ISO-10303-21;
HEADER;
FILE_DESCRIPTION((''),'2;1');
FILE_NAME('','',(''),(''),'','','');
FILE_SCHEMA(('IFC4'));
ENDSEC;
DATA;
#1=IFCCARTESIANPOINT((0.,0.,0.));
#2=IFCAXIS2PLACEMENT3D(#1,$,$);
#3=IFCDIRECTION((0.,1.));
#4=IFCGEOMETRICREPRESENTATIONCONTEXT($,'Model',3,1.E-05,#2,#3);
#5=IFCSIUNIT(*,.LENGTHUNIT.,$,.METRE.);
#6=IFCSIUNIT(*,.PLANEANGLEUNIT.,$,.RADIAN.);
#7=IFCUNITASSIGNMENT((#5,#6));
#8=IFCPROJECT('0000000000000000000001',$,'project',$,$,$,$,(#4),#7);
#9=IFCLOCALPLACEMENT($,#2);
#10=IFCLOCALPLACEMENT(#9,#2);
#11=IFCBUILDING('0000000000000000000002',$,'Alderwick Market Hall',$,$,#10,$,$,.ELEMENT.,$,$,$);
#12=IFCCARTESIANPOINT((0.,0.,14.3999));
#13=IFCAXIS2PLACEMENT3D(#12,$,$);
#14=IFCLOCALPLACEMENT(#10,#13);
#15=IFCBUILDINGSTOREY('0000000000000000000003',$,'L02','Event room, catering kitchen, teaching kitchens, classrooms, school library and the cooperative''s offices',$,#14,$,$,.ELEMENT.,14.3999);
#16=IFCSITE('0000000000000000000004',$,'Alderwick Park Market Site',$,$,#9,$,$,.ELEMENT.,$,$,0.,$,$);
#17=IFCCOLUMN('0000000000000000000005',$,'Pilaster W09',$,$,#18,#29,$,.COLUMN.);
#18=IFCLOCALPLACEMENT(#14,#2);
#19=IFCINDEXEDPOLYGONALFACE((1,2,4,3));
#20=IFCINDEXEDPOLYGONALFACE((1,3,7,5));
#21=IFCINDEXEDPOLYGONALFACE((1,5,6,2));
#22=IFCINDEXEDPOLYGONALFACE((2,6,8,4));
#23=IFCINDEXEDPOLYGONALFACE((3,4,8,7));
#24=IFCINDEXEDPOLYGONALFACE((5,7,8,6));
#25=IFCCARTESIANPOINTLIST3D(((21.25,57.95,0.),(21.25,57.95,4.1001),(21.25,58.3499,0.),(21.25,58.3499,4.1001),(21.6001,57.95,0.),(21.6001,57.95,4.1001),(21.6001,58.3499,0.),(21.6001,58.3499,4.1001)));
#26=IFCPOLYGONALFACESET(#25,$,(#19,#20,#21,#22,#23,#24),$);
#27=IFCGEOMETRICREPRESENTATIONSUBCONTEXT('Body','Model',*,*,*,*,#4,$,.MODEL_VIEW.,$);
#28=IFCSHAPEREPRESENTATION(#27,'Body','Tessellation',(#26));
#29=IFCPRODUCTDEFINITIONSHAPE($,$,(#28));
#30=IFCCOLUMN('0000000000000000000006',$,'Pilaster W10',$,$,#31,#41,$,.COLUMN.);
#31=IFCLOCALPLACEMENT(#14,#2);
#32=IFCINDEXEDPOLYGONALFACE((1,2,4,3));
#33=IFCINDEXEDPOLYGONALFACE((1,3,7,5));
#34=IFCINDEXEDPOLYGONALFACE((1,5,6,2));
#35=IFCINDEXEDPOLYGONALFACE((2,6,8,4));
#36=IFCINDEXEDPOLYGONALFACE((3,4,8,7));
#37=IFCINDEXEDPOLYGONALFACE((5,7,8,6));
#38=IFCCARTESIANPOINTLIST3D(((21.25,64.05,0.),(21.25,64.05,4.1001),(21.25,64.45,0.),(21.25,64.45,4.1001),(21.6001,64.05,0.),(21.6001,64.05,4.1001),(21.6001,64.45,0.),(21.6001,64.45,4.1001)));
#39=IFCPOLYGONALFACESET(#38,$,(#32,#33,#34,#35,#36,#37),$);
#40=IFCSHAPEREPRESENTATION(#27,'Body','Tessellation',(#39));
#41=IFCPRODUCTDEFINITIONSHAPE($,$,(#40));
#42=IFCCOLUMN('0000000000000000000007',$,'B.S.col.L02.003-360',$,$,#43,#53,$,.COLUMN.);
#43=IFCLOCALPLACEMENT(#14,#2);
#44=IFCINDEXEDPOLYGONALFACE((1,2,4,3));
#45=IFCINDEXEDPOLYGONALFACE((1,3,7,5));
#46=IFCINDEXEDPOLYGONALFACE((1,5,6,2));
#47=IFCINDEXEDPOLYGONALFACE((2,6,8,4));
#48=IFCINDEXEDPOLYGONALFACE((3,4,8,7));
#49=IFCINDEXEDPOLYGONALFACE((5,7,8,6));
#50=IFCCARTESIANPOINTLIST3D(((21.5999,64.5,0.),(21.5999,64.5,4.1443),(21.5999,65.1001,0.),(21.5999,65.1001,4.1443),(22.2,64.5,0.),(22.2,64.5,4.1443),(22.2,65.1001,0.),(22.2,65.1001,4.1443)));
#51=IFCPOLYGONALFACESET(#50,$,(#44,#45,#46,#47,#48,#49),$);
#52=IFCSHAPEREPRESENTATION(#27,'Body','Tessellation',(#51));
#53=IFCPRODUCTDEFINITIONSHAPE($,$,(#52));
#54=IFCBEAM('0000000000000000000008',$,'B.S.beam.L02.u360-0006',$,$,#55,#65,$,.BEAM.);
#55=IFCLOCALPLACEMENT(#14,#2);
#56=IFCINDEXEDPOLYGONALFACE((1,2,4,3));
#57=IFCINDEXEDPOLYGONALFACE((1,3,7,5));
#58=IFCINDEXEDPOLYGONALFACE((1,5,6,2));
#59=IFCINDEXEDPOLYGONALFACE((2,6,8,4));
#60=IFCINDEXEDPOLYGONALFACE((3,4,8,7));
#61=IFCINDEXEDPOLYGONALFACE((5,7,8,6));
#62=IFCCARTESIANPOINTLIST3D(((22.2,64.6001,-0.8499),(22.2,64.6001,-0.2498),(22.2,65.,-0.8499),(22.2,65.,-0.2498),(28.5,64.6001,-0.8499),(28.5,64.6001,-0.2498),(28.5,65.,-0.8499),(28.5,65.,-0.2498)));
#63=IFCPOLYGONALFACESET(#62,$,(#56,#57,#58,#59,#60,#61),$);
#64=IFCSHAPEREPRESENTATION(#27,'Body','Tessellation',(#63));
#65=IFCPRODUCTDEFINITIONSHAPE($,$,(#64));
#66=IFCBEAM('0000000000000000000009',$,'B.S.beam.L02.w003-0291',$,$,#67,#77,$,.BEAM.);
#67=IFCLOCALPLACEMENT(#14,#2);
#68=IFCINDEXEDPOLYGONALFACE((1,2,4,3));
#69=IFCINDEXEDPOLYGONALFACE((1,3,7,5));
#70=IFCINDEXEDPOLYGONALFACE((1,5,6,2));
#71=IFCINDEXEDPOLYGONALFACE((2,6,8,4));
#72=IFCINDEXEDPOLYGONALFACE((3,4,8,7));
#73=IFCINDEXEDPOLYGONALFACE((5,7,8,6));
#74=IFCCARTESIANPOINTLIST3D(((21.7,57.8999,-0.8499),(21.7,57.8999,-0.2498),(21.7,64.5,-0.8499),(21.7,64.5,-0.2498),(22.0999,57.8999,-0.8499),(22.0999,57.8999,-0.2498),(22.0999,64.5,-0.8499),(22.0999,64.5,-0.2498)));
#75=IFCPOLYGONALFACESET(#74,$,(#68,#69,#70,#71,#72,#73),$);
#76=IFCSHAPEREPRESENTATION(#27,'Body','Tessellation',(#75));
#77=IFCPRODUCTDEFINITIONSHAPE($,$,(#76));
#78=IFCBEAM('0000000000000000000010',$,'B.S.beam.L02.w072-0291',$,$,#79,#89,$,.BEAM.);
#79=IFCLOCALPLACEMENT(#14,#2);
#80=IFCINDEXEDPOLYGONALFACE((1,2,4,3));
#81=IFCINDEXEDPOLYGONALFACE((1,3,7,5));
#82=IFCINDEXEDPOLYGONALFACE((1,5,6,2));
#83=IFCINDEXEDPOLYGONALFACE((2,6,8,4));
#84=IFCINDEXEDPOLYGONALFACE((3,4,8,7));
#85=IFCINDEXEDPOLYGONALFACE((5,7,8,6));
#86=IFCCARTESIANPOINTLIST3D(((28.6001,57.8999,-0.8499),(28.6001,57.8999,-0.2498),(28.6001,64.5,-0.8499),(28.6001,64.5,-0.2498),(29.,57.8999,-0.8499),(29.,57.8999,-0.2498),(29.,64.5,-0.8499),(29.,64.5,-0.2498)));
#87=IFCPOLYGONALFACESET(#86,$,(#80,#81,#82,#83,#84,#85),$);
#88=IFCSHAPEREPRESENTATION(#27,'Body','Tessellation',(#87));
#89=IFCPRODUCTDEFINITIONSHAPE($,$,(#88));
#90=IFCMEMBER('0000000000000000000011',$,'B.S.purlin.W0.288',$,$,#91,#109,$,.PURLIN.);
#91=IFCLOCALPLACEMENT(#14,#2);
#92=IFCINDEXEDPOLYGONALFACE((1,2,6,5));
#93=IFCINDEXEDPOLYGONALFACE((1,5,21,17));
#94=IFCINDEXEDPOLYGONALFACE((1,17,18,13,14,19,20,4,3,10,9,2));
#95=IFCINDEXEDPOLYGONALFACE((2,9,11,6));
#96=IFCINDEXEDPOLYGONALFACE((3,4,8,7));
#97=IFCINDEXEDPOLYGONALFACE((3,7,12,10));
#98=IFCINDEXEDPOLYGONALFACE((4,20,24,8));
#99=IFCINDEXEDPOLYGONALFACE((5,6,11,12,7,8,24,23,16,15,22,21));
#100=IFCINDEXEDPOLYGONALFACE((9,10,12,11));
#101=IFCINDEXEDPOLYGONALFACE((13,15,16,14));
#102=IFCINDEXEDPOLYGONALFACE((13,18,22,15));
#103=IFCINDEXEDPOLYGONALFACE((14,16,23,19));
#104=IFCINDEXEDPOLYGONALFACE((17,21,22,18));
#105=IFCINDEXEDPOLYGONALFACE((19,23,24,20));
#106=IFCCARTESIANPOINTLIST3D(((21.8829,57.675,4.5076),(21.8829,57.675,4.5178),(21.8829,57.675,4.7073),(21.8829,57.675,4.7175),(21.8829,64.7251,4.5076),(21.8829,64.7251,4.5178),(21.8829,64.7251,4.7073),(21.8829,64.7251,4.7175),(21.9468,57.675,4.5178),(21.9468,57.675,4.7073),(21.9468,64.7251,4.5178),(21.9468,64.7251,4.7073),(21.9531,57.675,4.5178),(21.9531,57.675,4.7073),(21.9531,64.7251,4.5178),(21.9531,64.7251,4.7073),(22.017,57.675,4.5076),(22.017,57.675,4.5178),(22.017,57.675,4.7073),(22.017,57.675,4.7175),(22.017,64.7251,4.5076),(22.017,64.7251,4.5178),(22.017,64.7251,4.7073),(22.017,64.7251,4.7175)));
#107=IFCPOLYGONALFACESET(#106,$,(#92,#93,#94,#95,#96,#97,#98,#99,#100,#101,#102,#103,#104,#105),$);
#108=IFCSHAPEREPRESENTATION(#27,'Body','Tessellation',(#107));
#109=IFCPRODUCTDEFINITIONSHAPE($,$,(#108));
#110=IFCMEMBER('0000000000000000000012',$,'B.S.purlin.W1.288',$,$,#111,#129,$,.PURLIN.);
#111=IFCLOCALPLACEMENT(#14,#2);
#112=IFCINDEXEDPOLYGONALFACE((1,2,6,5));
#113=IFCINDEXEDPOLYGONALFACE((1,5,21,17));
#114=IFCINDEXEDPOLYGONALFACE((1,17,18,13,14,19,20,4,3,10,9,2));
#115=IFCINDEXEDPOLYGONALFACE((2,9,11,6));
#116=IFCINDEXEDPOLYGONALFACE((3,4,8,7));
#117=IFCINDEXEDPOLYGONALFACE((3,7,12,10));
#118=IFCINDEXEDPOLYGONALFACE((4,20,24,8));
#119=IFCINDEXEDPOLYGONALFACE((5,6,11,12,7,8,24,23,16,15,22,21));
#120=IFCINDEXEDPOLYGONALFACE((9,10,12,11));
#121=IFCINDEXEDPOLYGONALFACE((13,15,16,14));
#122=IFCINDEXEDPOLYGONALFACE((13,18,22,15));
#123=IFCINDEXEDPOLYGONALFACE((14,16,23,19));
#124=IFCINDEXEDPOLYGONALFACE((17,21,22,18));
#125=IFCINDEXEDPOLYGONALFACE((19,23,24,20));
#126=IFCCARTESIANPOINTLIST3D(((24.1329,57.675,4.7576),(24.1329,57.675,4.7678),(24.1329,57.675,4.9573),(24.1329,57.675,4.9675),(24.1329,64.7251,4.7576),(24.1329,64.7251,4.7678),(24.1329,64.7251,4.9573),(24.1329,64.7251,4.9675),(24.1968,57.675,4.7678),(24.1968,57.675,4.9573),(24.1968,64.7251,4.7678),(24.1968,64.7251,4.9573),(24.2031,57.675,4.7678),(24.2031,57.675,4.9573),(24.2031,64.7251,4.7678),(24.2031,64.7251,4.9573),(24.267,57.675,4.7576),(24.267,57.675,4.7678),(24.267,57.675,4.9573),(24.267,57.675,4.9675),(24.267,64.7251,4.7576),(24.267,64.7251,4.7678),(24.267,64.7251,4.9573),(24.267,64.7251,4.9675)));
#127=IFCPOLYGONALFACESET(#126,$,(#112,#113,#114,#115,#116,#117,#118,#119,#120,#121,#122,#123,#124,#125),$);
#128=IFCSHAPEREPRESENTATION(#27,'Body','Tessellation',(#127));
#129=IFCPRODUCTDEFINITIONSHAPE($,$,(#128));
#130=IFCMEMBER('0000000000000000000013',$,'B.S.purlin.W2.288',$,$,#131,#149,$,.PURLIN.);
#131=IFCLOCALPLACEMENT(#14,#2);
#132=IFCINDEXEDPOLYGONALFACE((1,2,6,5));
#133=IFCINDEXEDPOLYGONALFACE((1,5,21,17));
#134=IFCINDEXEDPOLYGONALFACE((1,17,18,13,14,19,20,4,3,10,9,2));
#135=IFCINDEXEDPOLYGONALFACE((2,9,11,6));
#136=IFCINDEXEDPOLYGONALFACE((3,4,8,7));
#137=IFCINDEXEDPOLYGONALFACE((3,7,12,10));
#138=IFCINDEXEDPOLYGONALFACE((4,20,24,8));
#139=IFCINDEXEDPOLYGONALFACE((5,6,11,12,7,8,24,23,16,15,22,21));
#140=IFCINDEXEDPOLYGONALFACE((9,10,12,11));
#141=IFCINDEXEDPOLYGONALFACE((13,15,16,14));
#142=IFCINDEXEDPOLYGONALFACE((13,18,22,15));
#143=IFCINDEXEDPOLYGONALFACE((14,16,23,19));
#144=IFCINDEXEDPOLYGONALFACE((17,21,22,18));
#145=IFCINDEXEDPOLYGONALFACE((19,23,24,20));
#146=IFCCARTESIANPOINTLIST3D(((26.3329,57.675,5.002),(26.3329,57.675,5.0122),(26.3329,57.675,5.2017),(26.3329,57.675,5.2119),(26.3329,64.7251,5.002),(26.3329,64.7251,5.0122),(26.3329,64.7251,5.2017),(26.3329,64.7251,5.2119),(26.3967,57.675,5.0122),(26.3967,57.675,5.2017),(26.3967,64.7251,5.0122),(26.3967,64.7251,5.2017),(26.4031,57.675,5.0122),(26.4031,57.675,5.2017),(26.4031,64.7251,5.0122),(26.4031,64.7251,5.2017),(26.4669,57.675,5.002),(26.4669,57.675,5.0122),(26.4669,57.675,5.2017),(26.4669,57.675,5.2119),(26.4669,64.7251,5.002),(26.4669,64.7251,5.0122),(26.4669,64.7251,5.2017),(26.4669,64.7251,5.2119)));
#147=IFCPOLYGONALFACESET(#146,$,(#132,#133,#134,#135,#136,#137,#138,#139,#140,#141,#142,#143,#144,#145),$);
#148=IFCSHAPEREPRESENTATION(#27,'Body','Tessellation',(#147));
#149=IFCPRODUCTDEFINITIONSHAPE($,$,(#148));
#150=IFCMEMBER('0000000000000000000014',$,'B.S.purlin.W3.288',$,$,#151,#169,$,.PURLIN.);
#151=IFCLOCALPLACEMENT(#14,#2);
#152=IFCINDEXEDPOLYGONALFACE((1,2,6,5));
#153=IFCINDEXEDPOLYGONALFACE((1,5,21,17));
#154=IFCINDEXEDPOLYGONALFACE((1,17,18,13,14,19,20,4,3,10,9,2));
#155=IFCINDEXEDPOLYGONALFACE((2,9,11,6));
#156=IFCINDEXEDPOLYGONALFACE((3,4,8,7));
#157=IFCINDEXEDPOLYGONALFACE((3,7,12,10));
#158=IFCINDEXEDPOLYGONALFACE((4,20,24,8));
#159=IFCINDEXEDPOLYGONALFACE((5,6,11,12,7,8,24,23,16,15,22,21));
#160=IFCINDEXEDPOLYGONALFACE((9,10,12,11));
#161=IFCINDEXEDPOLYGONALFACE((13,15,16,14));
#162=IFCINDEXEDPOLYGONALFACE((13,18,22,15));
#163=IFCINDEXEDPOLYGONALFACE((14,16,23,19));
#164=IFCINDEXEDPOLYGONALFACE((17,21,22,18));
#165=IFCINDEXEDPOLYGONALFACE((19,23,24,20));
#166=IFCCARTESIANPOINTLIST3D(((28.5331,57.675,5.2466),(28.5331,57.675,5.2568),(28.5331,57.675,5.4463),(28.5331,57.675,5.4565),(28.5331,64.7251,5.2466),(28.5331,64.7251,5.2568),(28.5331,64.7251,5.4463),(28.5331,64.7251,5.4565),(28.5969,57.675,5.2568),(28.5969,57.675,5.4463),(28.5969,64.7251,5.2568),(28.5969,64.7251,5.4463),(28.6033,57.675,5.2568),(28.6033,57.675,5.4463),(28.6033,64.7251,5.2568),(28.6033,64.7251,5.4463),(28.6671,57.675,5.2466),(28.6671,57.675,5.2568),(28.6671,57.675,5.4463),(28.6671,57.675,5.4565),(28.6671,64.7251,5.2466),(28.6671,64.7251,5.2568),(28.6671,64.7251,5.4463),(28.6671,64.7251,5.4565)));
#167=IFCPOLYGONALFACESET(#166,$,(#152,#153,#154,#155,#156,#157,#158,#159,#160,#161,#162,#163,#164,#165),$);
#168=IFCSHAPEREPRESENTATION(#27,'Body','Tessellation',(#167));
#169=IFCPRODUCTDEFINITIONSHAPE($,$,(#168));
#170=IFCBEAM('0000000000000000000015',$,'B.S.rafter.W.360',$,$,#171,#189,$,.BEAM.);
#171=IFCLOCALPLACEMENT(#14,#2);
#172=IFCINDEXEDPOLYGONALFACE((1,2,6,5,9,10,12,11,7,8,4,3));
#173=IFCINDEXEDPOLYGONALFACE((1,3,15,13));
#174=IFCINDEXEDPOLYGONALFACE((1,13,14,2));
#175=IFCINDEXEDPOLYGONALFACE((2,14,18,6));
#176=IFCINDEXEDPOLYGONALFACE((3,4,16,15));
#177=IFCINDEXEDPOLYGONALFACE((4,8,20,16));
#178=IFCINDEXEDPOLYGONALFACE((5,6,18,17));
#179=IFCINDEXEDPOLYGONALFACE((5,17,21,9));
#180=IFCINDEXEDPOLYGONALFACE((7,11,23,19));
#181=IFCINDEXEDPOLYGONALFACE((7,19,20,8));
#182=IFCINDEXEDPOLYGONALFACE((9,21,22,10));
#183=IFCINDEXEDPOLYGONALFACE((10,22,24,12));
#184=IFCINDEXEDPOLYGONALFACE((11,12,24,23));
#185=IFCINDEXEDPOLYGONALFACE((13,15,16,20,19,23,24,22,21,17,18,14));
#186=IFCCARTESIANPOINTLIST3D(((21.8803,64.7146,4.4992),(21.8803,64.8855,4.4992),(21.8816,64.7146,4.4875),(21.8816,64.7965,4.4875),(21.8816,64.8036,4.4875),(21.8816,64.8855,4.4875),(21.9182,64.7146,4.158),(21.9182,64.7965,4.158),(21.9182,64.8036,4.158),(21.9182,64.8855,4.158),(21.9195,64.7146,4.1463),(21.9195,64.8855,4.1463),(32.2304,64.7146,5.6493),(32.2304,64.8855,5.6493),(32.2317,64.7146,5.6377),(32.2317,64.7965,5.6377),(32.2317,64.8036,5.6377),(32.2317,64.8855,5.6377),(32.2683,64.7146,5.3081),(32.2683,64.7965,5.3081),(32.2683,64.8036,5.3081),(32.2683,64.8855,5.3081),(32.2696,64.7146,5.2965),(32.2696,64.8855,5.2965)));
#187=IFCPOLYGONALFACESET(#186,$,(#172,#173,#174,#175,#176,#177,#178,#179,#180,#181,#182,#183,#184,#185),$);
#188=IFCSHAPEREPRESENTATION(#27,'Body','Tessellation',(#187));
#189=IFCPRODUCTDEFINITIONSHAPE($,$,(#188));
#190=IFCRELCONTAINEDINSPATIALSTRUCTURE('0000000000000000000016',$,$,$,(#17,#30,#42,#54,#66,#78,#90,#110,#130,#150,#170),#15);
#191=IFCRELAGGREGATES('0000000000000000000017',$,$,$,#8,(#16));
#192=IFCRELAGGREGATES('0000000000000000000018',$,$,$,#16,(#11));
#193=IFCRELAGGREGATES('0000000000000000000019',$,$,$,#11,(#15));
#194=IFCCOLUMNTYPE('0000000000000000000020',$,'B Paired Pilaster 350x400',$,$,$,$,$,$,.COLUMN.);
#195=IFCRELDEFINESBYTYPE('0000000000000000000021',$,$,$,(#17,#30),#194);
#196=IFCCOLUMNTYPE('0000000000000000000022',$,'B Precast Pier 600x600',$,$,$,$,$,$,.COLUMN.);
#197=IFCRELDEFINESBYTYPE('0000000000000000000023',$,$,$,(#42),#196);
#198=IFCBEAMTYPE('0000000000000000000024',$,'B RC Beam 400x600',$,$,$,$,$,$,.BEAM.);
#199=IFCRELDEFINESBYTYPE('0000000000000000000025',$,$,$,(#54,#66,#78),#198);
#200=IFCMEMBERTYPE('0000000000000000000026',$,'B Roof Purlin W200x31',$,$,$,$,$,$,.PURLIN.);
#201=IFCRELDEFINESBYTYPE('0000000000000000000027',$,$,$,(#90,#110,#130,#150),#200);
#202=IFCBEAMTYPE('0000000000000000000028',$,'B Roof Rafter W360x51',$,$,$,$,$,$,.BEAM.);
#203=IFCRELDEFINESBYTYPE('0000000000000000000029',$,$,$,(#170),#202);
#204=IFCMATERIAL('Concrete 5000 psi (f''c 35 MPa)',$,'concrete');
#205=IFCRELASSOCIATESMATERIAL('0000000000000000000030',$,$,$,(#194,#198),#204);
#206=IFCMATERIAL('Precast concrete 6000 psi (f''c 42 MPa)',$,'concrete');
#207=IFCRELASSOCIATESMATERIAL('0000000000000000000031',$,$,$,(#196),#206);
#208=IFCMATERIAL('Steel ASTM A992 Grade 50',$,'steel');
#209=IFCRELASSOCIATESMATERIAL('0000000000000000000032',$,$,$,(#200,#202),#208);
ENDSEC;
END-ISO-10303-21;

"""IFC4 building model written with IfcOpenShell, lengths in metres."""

from ifc_helpers import new_model, si_unit, direction, frame, origin, origin_2d, place, context, subcontext, project, spatial, rectangle, i_section, extrude, material, material_profile, profile_set, type_object, element, save


model = new_model("IFC4")

# Units and contexts
model_context = context("Model", 3, precision=1e-05, world=origin(), true_north=direction((0.0, 1.0)))
body_context = subcontext(model_context, "Body", "Model", "MODEL_VIEW")
ifc_project = project(units=[si_unit("LENGTHUNIT", "METRE"), si_unit("PLANEANGLEUNIT", "RADIAN")], contexts=[model_context])

# Site, building, storey
site_placement = place(None, origin())
site = spatial("IfcSite", under=ifc_project, at=site_placement, Name="Alderwick Park Market Site", CompositionType="ELEMENT", RefElevation=0.0)
building_placement = place(site_placement, origin())
building = spatial("IfcBuilding", under=site, at=building_placement, Name="Alderwick Market Hall", CompositionType="ELEMENT")
storey_placement = place(building_placement, frame((0.0, 0.0, 14.3999)))
storey = spatial("IfcBuildingStorey", under=building, at=storey_placement, Name="L02", Description="Event room, catering kitchen, teaching kitchens, classrooms, school library and the cooperative's offices", CompositionType="ELEMENT", Elevation=14.3999)

# Columns
ifc_material_1 = material(Name="Concrete 5000 psi (f'c 35 MPa)", Category="concrete")
ifc_material_profile_1 = material_profile(ifc_material_1, rectangle(XDim=0.3501, YDim=0.3999, at=origin_2d()), Name="B Paired Pilaster 350x400")
ifc_profile_set_1 = profile_set([ifc_material_profile_1], Name="Concrete 5000 psi (f'c 35 MPa)")
column_type_1 = type_object("IfcColumnType", Name="B Paired Pilaster 350x400", PredefinedType="COLUMN", material=ifc_profile_set_1)
for number, where, z_axis, x_axis, name in (
    (1, (21.425, 58.1499, 0.0), (0.0, 0.0, 1.0), (1.0, 0.0, 0.0), "Pilaster W09"),
    (2, (21.425, 64.25, 0.0), (0.0, 0.0, 1.0), (1.0, 0.0, 0.0), "Pilaster W10"),
):
    element("IfcColumn", number, at=place(storey_placement, frame(where, z_axis=z_axis, x_axis=x_axis)), inside=storey, type_object=column_type_1, Name=name, PredefinedType="COLUMN", context=body_context, shape_type="SweptSolid", body=[
        extrude(rectangle(XDim=0.3501, YDim=0.3999, at=origin_2d()), origin(), (0.0, 0.0, 1.0), 4.1001),
    ])
ifc_material_2 = material(Name="Precast concrete 6000 psi (f'c 42 MPa)", Category="concrete")
ifc_material_profile_2 = material_profile(ifc_material_2, rectangle(XDim=0.6001, YDim=0.6001, at=origin_2d()), Name="B Precast Pier 600x600")
ifc_profile_set_2 = profile_set([ifc_material_profile_2], Name="Precast concrete 6000 psi (f'c 42 MPa)")
column_type_2 = type_object("IfcColumnType", Name="B Precast Pier 600x600", PredefinedType="COLUMN", material=ifc_profile_set_2)
column_placement = place(storey_placement, frame((21.8999, 64.8, 0.0), z_axis=(0.0, 0.0, 1.0), x_axis=(1.0, 0.0, 0.0)))
element("IfcColumn", 3, at=column_placement, inside=storey, type_object=column_type_2, Name="B.S.col.L02.003-360", PredefinedType="COLUMN", context=body_context, shape_type="SweptSolid", body=[
    extrude(rectangle(XDim=0.6001, YDim=0.6001, at=origin_2d()), origin(), (0.0, 0.0, 1.0), 4.1443),
])

# Beams
ifc_material_profile_3 = material_profile(ifc_material_1, rectangle(XDim=0.3999, YDim=0.6001, at=origin_2d()), Name="B RC Beam 400x600")
ifc_profile_set_3 = profile_set([ifc_material_profile_3], Name="Concrete 5000 psi (f'c 35 MPa)")
beam_type_1 = type_object("IfcBeamType", Name="B RC Beam 400x600", PredefinedType="BEAM", material=ifc_profile_set_3)
beam_1_placement = place(storey_placement, frame((22.2, 64.8, -0.5498), z_axis=(1.0, 0.0, 0.0), x_axis=(0.0, 1.0, 0.0)))
element("IfcBeam", 4, at=beam_1_placement, inside=storey, type_object=beam_type_1, Name="B.S.beam.L02.u360-0006", PredefinedType="BEAM", context=body_context, shape_type="SweptSolid", body=[
    extrude(rectangle(XDim=0.3999, YDim=0.6001, at=origin_2d()), origin(), (0.0, 0.0, 1.0), 6.3),
])
for number, where, z_axis, x_axis, name in (
    (5, (21.8999, 57.8999, -0.5498), (0.0, 1.0, 0.0), (-1.0, 0.0, 0.0), "B.S.beam.L02.w003-0291"),
    (6, (28.8, 57.8999, -0.5498), (0.0, 1.0, 0.0), (-1.0, 0.0, 0.0), "B.S.beam.L02.w072-0291"),
):
    element("IfcBeam", number, at=place(storey_placement, frame(where, z_axis=z_axis, x_axis=x_axis)), inside=storey, type_object=beam_type_1, Name=name, PredefinedType="BEAM", context=body_context, shape_type="SweptSolid", body=[
        extrude(rectangle(XDim=0.3999, YDim=0.6001, at=origin_2d()), origin(), (0.0, 0.0, 1.0), 6.6001),
    ])

# Members
ifc_material_3 = material(Name="Steel ASTM A992 Grade 50", Category="steel")
ifc_material_profile_4 = material_profile(ifc_material_3, i_section(OverallWidth=0.134, OverallDepth=0.21, WebThickness=0.0063, FlangeThickness=0.0103, at=origin_2d()), Name="W200x31")
ifc_profile_set_4 = profile_set([ifc_material_profile_4], Name="Steel ASTM A992 Grade 50")
member_type = type_object("IfcMemberType", Name="B Roof Purlin W200x31", PredefinedType="PURLIN", material=ifc_profile_set_4)
for number, where, z_axis, x_axis, name in (
    (7, (21.95, 57.675, 4.6125), (0.0, 1.0, 0.0), (-1.0, 0.0, 0.0), "B.S.purlin.W0.288"),
    (8, (24.2, 57.675, 4.8625), (0.0, 1.0, 0.0), (-1.0, 0.0, 0.0), "B.S.purlin.W1.288"),
    (9, (26.3999, 57.675, 5.1069), (0.0, 1.0, 0.0), (-1.0, 0.0, 0.0), "B.S.purlin.W2.288"),
    (10, (28.6001, 57.675, 5.3516), (0.0, 1.0, 0.0), (-1.0, 0.0, 0.0), "B.S.purlin.W3.288"),
):
    element("IfcMember", number, at=place(storey_placement, frame(where, z_axis=z_axis, x_axis=x_axis)), inside=storey, type_object=member_type, Name=name, PredefinedType="PURLIN", context=body_context, shape_type="SweptSolid", body=[
        extrude(i_section(OverallWidth=0.134, OverallDepth=0.21, WebThickness=0.0063, FlangeThickness=0.0103, at=origin_2d()), origin(), (0.0, 0.0, 1.0), 7.05),
    ])

# Beam
ifc_material_profile_5 = material_profile(ifc_material_3, i_section(OverallWidth=0.1709, OverallDepth=0.355, WebThickness=0.0071, FlangeThickness=0.0117, at=origin_2d()), Name="W360x51")
ifc_profile_set_5 = profile_set([ifc_material_profile_5], Name="Steel ASTM A992 Grade 50")
beam_type_2 = type_object("IfcBeamType", Name="B Roof Rafter W360x51", PredefinedType="BEAM", material=ifc_profile_set_5)
beam_2_placement = place(storey_placement, frame((21.8999, 64.8, 4.3228), z_axis=(0.993882, 0.0, 0.110444), x_axis=(0.0, 1.0, 0.0)))
element("IfcBeam", 11, at=beam_2_placement, inside=storey, type_object=beam_type_2, Name="B.S.rafter.W.360", PredefinedType="BEAM", context=body_context, shape_type="SweptSolid", body=[
    extrude(i_section(OverallWidth=0.1709, OverallDepth=0.355, WebThickness=0.0071, FlangeThickness=0.0117, at=origin_2d()), origin(), (0.0, 0.0, 1.0), 10.4138),
])

save(model, "model.ifc")
